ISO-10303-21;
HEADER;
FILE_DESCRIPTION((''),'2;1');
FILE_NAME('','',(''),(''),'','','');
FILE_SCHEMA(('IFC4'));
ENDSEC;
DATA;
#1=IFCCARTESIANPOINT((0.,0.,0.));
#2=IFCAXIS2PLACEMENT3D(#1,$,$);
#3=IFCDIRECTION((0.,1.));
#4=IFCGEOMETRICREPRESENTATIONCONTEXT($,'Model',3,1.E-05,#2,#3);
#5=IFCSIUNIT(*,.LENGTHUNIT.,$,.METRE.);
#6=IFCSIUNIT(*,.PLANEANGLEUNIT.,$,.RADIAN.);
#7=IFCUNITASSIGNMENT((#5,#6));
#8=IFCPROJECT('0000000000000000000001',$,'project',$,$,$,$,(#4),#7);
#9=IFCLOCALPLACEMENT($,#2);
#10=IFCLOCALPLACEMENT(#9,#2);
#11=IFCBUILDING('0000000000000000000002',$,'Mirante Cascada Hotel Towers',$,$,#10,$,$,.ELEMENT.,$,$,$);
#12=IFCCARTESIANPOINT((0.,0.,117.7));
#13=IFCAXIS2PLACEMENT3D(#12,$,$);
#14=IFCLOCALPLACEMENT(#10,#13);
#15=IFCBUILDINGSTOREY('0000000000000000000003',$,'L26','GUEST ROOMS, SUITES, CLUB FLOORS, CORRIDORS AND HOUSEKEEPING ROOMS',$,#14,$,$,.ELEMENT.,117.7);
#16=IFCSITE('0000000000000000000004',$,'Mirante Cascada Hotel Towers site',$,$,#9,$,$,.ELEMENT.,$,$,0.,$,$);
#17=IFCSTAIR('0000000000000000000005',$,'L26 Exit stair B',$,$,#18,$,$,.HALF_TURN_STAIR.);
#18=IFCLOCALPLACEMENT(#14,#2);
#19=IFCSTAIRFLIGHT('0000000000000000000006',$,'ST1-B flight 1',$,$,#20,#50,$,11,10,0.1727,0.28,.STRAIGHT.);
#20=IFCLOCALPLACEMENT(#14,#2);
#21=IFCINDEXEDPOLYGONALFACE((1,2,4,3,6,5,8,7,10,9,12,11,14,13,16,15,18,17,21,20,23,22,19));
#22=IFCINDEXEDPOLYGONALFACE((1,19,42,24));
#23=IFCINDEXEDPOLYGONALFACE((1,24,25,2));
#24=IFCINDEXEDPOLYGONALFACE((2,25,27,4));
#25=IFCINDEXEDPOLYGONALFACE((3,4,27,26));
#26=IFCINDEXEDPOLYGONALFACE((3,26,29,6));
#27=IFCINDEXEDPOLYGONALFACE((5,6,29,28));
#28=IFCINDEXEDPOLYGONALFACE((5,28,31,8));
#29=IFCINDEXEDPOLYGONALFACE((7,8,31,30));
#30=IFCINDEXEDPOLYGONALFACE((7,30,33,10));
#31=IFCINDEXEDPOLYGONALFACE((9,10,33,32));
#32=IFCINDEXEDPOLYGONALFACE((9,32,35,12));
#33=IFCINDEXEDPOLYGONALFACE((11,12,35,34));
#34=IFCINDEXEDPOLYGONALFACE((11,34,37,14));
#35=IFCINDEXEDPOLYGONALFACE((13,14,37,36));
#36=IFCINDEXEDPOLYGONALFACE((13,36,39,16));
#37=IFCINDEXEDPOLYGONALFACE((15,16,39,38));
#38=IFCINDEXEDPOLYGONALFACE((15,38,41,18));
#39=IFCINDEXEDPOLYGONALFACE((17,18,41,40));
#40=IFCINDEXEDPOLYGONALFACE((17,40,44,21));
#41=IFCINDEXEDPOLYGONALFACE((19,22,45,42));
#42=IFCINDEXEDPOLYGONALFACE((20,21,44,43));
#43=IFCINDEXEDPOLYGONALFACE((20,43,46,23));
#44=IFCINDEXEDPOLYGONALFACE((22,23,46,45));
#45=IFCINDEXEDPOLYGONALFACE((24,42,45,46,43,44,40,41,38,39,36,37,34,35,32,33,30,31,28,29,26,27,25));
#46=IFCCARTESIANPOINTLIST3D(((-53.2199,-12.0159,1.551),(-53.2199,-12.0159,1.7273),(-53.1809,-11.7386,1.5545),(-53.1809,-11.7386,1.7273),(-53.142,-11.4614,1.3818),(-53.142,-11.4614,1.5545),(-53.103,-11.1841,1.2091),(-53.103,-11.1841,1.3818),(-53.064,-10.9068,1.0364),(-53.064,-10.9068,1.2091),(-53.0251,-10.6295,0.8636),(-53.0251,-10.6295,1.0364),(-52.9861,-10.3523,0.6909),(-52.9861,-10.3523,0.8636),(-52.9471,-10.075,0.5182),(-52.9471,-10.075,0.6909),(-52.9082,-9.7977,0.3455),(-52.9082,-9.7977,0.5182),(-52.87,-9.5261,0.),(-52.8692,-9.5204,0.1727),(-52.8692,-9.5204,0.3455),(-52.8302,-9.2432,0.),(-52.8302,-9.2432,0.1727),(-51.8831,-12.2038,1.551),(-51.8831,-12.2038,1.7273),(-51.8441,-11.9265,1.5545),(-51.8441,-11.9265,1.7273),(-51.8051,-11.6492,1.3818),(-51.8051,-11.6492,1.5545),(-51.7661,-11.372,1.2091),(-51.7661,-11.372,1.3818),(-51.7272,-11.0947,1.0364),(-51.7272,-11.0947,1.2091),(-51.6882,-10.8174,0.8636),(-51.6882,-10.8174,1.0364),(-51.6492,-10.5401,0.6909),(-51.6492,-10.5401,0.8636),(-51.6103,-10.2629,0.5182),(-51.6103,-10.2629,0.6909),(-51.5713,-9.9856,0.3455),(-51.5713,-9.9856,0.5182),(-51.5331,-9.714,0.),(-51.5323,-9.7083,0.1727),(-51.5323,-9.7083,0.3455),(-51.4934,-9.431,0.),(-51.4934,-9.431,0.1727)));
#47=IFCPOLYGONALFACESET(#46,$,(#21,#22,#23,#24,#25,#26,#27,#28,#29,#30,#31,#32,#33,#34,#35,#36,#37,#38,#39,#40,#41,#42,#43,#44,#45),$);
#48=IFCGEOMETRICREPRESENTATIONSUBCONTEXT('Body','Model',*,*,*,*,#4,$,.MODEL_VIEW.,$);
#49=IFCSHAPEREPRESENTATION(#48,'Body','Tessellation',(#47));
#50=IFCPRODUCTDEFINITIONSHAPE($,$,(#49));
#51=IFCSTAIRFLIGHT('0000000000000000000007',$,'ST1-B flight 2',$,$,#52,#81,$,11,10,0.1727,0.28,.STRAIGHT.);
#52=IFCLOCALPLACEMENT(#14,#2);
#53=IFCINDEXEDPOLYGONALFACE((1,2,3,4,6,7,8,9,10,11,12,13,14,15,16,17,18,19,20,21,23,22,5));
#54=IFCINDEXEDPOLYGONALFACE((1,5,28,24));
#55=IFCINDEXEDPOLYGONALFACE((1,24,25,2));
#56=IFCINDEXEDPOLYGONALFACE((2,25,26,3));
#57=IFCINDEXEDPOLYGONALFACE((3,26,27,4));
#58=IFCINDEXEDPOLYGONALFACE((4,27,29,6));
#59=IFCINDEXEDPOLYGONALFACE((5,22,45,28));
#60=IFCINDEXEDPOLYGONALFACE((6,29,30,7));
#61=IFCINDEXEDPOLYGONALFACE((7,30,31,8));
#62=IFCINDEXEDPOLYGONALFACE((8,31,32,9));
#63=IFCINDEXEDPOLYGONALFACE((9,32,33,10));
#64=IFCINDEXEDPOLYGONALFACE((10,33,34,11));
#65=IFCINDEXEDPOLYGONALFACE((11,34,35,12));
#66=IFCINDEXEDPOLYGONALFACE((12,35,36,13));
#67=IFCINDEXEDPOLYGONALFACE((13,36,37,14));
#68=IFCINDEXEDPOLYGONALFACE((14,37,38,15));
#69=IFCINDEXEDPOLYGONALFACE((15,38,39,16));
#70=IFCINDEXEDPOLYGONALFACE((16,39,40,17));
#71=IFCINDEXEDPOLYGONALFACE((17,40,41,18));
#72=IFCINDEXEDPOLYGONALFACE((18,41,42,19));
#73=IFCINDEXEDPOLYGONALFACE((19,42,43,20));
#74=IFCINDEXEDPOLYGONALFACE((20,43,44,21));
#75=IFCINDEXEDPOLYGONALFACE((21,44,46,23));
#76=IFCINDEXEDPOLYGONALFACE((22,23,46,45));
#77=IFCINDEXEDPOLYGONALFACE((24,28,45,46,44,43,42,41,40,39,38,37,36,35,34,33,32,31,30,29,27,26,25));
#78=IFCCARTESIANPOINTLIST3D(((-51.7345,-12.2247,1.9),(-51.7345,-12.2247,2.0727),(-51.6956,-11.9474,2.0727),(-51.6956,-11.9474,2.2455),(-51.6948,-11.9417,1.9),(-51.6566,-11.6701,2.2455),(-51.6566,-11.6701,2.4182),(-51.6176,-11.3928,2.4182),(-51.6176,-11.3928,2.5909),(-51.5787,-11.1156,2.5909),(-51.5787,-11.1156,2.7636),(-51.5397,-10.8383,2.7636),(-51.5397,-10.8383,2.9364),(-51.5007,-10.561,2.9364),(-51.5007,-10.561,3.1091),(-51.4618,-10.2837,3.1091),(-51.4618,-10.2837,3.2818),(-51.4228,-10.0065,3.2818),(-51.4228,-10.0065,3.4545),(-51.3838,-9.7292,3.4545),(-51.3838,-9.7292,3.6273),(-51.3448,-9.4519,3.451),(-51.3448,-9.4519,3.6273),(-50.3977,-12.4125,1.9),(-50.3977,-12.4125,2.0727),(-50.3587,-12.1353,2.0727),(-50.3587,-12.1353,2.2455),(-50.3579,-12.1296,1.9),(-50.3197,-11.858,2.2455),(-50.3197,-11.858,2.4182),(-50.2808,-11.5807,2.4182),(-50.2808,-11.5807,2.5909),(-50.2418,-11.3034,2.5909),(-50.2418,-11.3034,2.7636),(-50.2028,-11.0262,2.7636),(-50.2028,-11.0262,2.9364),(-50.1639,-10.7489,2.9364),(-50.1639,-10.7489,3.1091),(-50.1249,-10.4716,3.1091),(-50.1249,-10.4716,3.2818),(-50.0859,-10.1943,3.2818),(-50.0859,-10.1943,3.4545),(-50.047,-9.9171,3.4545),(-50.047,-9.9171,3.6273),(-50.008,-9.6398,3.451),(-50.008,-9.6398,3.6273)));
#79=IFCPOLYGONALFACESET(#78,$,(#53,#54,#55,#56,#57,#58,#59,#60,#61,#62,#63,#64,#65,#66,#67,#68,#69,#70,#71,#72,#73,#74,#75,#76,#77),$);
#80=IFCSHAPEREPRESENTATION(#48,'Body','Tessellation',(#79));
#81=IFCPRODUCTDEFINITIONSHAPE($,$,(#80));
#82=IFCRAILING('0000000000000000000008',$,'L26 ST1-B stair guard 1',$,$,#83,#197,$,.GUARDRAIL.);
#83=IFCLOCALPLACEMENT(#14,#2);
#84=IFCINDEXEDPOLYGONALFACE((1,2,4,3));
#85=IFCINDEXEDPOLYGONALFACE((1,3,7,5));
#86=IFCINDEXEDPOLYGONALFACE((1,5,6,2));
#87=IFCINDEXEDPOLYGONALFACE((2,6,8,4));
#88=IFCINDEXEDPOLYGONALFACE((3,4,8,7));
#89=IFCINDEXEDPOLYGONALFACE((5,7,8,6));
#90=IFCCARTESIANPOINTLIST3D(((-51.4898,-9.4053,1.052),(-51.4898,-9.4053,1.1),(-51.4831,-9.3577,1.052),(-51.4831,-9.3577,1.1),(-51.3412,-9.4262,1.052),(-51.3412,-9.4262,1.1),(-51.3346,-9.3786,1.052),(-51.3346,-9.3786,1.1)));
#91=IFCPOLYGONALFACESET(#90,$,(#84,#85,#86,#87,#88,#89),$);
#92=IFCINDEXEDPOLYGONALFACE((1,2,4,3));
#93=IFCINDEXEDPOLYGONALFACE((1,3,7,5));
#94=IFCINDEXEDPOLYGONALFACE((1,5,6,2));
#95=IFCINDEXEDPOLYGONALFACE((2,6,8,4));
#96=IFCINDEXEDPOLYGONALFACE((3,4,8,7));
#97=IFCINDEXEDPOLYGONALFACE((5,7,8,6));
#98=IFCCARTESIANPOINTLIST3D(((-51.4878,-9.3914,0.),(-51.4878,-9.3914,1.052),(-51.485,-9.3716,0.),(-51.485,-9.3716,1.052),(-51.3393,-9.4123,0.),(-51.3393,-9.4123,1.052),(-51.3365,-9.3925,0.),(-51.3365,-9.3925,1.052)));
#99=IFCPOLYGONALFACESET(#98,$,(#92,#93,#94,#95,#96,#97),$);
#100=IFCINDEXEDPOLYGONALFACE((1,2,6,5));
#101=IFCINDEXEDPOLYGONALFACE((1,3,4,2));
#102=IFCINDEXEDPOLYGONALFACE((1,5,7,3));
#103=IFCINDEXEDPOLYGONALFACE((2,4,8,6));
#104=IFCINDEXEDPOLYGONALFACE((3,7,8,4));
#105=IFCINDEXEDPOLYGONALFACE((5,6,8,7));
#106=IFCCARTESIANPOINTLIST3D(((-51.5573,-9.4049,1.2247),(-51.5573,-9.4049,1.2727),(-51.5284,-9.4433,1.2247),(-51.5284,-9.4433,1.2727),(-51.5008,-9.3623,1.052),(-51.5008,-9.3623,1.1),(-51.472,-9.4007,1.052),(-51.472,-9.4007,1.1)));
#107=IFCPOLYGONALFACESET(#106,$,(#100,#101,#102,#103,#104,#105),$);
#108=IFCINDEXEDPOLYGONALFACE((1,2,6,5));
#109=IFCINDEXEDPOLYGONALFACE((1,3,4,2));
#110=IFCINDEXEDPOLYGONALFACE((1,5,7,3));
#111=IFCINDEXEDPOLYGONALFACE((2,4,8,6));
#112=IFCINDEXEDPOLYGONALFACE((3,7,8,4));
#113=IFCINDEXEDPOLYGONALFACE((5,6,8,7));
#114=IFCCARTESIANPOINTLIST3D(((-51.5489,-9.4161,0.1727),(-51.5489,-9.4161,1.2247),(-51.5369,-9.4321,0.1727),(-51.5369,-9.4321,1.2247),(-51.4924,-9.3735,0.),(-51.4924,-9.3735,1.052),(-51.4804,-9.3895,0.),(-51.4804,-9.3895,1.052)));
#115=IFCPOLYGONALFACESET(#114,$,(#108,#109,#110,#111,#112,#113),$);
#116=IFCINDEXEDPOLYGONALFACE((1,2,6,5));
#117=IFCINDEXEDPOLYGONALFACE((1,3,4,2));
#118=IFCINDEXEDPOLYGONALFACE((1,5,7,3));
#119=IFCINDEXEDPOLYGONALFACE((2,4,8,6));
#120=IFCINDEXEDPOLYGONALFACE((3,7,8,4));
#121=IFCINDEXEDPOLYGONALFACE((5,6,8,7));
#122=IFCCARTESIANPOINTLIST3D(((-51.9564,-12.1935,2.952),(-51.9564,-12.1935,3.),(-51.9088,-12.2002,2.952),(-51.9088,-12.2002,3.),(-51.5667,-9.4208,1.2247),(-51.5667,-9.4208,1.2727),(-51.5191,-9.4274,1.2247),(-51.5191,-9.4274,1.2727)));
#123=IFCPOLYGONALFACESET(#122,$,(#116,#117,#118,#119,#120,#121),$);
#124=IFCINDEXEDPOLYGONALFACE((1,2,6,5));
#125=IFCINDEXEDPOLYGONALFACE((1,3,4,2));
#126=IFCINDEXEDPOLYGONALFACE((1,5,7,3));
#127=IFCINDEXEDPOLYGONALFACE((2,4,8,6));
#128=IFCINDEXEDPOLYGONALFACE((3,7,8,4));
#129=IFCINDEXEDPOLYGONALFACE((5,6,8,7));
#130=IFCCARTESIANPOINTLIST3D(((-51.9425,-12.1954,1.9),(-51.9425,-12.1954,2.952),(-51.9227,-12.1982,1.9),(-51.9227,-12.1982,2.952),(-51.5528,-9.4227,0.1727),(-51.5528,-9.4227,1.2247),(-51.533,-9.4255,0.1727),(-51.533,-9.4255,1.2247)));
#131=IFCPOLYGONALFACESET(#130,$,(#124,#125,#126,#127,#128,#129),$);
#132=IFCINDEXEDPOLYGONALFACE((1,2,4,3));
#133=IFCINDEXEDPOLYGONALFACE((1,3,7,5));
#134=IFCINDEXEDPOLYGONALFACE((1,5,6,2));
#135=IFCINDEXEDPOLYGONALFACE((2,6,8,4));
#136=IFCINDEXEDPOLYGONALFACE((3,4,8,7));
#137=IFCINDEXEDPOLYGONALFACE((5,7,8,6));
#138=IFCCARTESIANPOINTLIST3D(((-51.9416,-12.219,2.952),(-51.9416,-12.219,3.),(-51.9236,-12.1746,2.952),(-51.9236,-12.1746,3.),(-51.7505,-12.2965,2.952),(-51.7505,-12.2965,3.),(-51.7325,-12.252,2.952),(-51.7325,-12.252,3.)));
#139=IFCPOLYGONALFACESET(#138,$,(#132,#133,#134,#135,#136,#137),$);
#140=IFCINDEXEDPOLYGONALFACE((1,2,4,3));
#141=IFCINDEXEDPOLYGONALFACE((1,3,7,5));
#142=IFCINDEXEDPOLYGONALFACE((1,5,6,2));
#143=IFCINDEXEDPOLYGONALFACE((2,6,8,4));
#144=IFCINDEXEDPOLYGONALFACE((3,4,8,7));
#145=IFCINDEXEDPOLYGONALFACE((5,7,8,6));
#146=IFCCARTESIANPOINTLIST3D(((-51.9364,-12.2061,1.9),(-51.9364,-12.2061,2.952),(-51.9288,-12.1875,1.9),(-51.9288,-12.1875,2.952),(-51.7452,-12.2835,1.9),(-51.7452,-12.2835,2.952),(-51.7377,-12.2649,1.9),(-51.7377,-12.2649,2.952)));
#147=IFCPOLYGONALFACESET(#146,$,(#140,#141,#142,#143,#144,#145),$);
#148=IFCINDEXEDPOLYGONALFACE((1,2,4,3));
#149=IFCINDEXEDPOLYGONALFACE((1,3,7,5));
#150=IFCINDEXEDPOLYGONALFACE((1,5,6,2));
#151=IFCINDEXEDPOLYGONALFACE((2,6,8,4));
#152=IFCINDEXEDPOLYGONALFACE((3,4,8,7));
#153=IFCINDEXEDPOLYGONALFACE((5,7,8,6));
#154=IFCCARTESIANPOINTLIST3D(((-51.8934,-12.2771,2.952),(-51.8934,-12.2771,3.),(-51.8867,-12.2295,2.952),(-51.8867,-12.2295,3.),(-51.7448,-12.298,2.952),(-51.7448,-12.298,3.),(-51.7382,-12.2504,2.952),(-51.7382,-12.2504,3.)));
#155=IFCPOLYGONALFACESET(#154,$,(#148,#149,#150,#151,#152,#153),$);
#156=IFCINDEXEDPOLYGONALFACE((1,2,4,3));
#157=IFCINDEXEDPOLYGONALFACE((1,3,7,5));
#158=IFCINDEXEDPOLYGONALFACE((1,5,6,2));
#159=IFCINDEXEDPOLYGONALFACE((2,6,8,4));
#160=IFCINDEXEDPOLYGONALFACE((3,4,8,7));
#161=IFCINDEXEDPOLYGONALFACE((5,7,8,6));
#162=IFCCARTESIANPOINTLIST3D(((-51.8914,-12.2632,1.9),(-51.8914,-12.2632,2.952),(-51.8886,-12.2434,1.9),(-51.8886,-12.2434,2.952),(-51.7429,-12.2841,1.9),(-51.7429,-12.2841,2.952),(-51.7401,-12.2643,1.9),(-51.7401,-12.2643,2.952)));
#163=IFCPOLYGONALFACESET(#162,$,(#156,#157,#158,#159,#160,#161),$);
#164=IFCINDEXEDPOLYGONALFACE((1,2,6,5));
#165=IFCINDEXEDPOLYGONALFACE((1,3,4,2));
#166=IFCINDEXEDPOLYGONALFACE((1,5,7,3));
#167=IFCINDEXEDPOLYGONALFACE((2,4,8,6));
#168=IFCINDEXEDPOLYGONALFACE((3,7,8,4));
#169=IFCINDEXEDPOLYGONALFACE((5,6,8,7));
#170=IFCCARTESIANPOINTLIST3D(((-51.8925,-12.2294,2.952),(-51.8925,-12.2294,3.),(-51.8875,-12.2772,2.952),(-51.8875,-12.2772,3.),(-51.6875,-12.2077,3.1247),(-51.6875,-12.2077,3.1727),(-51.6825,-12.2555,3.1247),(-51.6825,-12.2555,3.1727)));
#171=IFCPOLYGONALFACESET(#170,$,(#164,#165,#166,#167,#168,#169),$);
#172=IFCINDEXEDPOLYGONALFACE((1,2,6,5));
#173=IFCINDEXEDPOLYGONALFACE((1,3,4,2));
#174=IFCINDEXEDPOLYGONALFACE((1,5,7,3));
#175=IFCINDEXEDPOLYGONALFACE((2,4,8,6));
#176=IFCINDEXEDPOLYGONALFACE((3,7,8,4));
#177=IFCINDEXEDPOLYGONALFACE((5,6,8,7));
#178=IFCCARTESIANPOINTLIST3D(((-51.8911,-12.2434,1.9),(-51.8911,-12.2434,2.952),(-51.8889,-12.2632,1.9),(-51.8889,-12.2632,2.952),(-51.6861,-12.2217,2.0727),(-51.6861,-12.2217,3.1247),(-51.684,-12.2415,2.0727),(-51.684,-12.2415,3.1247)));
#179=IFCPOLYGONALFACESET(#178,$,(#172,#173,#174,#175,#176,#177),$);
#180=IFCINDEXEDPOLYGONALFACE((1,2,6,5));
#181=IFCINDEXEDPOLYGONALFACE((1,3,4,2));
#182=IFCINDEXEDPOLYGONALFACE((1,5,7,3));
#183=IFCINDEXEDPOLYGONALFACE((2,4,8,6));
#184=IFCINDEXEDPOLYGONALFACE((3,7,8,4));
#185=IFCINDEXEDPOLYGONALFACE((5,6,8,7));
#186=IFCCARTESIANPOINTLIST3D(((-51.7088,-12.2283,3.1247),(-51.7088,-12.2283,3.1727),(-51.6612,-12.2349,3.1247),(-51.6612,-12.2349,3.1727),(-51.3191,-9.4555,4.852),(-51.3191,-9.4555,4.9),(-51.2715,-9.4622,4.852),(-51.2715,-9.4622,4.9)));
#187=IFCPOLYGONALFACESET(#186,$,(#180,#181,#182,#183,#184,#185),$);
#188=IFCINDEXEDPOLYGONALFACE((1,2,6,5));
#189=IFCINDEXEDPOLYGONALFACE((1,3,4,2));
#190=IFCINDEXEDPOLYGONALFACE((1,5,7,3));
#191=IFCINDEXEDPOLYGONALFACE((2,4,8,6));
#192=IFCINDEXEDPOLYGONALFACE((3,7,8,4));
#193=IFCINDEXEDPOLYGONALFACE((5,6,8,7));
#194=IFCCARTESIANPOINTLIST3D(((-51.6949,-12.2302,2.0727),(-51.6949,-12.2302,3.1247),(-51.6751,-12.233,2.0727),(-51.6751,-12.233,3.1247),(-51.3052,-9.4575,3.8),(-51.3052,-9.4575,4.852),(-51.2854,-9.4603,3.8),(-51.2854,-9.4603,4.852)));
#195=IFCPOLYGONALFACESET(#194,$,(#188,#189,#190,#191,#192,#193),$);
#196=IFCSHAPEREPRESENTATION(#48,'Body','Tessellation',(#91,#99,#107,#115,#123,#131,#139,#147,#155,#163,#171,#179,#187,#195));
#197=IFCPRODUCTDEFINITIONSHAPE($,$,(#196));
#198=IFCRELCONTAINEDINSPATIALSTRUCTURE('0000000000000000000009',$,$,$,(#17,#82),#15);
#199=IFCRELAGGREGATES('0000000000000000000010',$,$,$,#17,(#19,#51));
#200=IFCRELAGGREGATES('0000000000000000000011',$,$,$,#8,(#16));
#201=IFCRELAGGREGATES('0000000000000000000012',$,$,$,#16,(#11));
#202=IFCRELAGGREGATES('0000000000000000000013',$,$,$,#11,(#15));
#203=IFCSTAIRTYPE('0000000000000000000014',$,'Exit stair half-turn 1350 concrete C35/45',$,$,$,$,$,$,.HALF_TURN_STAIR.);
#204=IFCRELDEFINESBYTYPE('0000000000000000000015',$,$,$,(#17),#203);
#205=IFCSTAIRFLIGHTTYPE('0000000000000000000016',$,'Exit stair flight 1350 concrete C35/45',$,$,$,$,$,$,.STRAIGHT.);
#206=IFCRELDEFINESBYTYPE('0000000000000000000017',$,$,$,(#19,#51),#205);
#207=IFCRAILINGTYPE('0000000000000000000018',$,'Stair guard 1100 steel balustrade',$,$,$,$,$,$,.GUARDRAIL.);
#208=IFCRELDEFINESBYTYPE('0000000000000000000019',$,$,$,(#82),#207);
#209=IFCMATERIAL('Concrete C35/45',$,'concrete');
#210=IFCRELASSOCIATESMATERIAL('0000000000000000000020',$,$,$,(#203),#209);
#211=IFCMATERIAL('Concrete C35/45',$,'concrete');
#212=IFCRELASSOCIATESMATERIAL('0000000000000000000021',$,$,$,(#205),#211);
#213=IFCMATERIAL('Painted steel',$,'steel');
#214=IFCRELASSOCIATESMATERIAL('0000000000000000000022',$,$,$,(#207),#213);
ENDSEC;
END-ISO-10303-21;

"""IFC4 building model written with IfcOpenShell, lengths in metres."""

from ifc_helpers import new_model, si_unit, direction, frame, origin, origin_2d, place, context, subcontext, project, spatial, polyline, rectangle, outline, extrude, material, type_object, element, aggregate, save


model = new_model("IFC4")

# Units and contexts
model_context = context("Model", 3, precision=1e-05, world=origin(), true_north=direction((0.0, 1.0)))
body_context = subcontext(model_context, "Body", "Model", "MODEL_VIEW")
ifc_project = project(units=[si_unit("LENGTHUNIT", "METRE"), si_unit("PLANEANGLEUNIT", "RADIAN")], contexts=[model_context])

# Site, building, storey
site_placement = place(None, origin())
site = spatial("IfcSite", under=ifc_project, at=site_placement, Name="Mirante Cascada Hotel Towers site", CompositionType="ELEMENT", RefElevation=0.0)
building_placement = place(site_placement, origin())
building = spatial("IfcBuilding", under=site, at=building_placement, Name="Mirante Cascada Hotel Towers", CompositionType="ELEMENT")
storey_placement = place(building_placement, frame((0.0, 0.0, 117.7)))
storey = spatial("IfcBuildingStorey", under=building, at=storey_placement, Name="L26", Description="GUEST ROOMS, SUITES, CLUB FLOORS, CORRIDORS AND HOUSEKEEPING ROOMS", CompositionType="ELEMENT", Elevation=117.7)

# Stair, stair flights
ifc_material_1 = material(Name="Concrete C35/45", Category="concrete")
stair_type = type_object("IfcStairType", Name="Exit stair half-turn 1350 concrete C35/45", PredefinedType="HALF_TURN_STAIR", material=ifc_material_1)
stair_placement = place(storey_placement, origin())
stair = element("IfcStair", 1, at=stair_placement, inside=storey, type_object=stair_type, Name="L26 Exit stair B", PredefinedType="HALF_TURN_STAIR")
ifc_material_2 = material(Name="Concrete C35/45", Category="concrete")
stair_flight_type = type_object("IfcStairFlightType", Name="Exit stair flight 1350 concrete C35/45", PredefinedType="STRAIGHT", material=ifc_material_2)
stair_flight_1_placement = place(storey_placement, frame((-52.1618, -9.3371, 0.0), z_axis=(0.0, 0.0, 1.0), x_axis=(-0.139173, -0.990268, 0.0)))
stair_flight_1 = element("IfcStairFlight", 2, at=stair_flight_1_placement, type_object=stair_flight_type, Name="ST1-B flight 1", NumberOfRisers=11, NumberOfTreads=10, PredefinedType="STRAIGHT", RiserHeight=0.1727, TreadLength=0.28, context=body_context, shape_type="SweptSolid", body=[
    extrude(outline(polyline([(0.0, 0.0), (0.0, 0.1727), (0.28, 0.1727), (0.28, 0.3455), (0.56, 0.3455), (0.56, 0.5182), (0.84, 0.5182), (0.84, 0.6909), (1.12, 0.6909), (1.12, 0.8636), (1.4, 0.8636), (1.4, 1.0364), (1.68, 1.0364), (1.68, 1.2091), (1.96, 1.2091), (1.96, 1.3818), (2.24, 1.3818), (2.24, 1.5545), (2.52, 1.5545), (2.52, 1.7273), (2.8, 1.7273), (2.8, 1.9), (2.8, 1.551), (0.2857, 0.0), (0.0, 0.0)])), frame((0.0, 0.675, 0.0), z_axis=(0.0, -1.0, 0.0), x_axis=(1.0, 0.0, 0.0)), (0.0, 0.0, 1.0), 1.35),
])
stair_flight_2_placement = place(storey_placement, frame((-51.0661, -12.3186, 1.9), z_axis=(0.0, 0.0, 1.0), x_axis=(0.139173, 0.990268, 0.0)))
stair_flight_2 = element("IfcStairFlight", 3, at=stair_flight_2_placement, type_object=stair_flight_type, Name="ST1-B flight 2", NumberOfRisers=11, NumberOfTreads=10, PredefinedType="STRAIGHT", RiserHeight=0.1727, TreadLength=0.28, context=body_context, shape_type="SweptSolid", body=[
    extrude(outline(polyline([(0.0, 0.0), (0.0, 0.1727), (0.28, 0.1727), (0.28, 0.3455), (0.56, 0.3455), (0.56, 0.5182), (0.84, 0.5182), (0.84, 0.6909), (1.12, 0.6909), (1.12, 0.8636), (1.4, 0.8636), (1.4, 1.0364), (1.68, 1.0364), (1.68, 1.2091), (1.96, 1.2091), (1.96, 1.3818), (2.24, 1.3818), (2.24, 1.5545), (2.52, 1.5545), (2.52, 1.7273), (2.8, 1.7273), (2.8, 1.9), (2.8, 1.551), (0.2857, 0.0), (0.0, 0.0)])), frame((0.0, 0.675, 0.0), z_axis=(0.0, -1.0, 0.0), x_axis=(1.0, 0.0, 0.0)), (0.0, 0.0, 1.0), 1.35),
])
aggregate(stair, [stair_flight_1, stair_flight_2])

# Railing
ifc_material_3 = material(Name="Painted steel", Category="steel")
railing_type_1 = type_object("IfcRailingType", Name="Stair guard 1100 steel balustrade", PredefinedType="GUARDRAIL", material=ifc_material_3)
railing_1_placement = place(storey_placement, frame((-51.3379, -9.4024, 0.0)))
element("IfcRailing", 4, at=railing_1_placement, inside=storey, type_object=railing_type_1, Name="L26 ST1-B stair guard 1", PredefinedType="GUARDRAIL", context=body_context, shape_type="SweptSolid", body=[
    extrude(rectangle(XDim=0.048, YDim=0.048, at=origin_2d()), frame((0.0, 0.0, 1.076), z_axis=(-0.990241, 0.139367, 0.0), x_axis=(-0.139367, -0.990241, 0.0)), (0.0, 0.0, 1.0), 0.15),
    extrude(rectangle(XDim=0.02, YDim=1.052, at=origin_2d()), frame((0.0, 0.0, 0.526), z_axis=(-0.990241, 0.139367, 0.0), x_axis=(-0.139367, -0.990241, 0.0)), (0.0, 0.0, 1.0), 0.15),
    extrude(rectangle(XDim=0.048, YDim=0.048, at=origin_2d()), frame((-0.1485, 0.0209, 1.076), z_axis=(-0.798471, -0.602033, 0.0), x_axis=(0.602033, -0.798471, 0.0)), (0.0, 0.92534, 0.379139), 0.1866),
    extrude(rectangle(XDim=0.02, YDim=1.052, at=origin_2d()), frame((-0.1485, 0.0209, 0.526), z_axis=(-0.798471, -0.602033, 0.0), x_axis=(0.602033, -0.798471, 0.0)), (0.0, 0.92534, 0.379139), 0.1866),
    extrude(rectangle(XDim=0.048, YDim=0.048, at=origin_2d()), frame((-0.205, -0.0217, 1.2487), z_axis=(-0.139181, -0.990267, 0.0), x_axis=(0.990267, -0.139181, 0.0)), (0.0, 0.525035, 0.851081), 3.2899),
    extrude(rectangle(XDim=0.02, YDim=1.052, at=origin_2d()), frame((-0.205, -0.0217, 0.6987), z_axis=(-0.139181, -0.990267, 0.0), x_axis=(0.990267, -0.139181, 0.0)), (0.0, 0.525035, 0.851081), 3.2899),
    extrude(rectangle(XDim=0.048, YDim=0.048, at=origin_2d()), frame((-0.5947, -2.7944, 2.976), z_axis=(0.926862, -0.375401, 0.0), x_axis=(0.375401, 0.926862, 0.0)), (0.0, 0.0, 1.0), 0.2062),
    extrude(rectangle(XDim=0.02, YDim=1.052, at=origin_2d()), frame((-0.5947, -2.7944, 2.426), z_axis=(0.926862, -0.375401, 0.0), x_axis=(0.375401, 0.926862, 0.0)), (0.0, 0.0, 1.0), 0.2062),
    extrude(rectangle(XDim=0.048, YDim=0.048, at=origin_2d()), frame((-0.4036, -2.8718, 2.976), z_axis=(-0.990241, 0.139367, 0.0), x_axis=(-0.139367, -0.990241, 0.0)), (0.0, 0.0, 1.0), 0.15),
    extrude(rectangle(XDim=0.02, YDim=1.052, at=origin_2d()), frame((-0.4036, -2.8718, 2.426), z_axis=(-0.990241, 0.139367, 0.0), x_axis=(-0.139367, -0.990241, 0.0)), (0.0, 0.0, 1.0), 0.15),
    extrude(rectangle(XDim=0.048, YDim=0.048, at=origin_2d()), frame((-0.5521, -2.8509, 2.976), z_axis=(0.994444, 0.105266, 0.0), x_axis=(-0.105266, 0.994444, 0.0)), (0.0, 0.642184, 0.76655), 0.2689),
    extrude(rectangle(XDim=0.02, YDim=1.052, at=origin_2d()), frame((-0.5521, -2.8509, 2.426), z_axis=(0.994444, 0.105266, 0.0), x_axis=(-0.105266, 0.994444, 0.0)), (0.0, 0.642184, 0.76655), 0.2689),
    extrude(rectangle(XDim=0.048, YDim=0.048, at=origin_2d()), frame((-0.3471, -2.8292, 3.1487), z_axis=(0.139181, 0.990267, 0.0), x_axis=(-0.990267, 0.139181, 0.0)), (0.0, 0.525035, 0.851081), 3.2899),
    extrude(rectangle(XDim=0.02, YDim=1.052, at=origin_2d()), frame((-0.3471, -2.8292, 2.5987), z_axis=(0.139181, 0.990267, 0.0), x_axis=(-0.990267, 0.139181, 0.0)), (0.0, 0.525035, 0.851081), 3.2899),
])

save(model, "model.ifc")
